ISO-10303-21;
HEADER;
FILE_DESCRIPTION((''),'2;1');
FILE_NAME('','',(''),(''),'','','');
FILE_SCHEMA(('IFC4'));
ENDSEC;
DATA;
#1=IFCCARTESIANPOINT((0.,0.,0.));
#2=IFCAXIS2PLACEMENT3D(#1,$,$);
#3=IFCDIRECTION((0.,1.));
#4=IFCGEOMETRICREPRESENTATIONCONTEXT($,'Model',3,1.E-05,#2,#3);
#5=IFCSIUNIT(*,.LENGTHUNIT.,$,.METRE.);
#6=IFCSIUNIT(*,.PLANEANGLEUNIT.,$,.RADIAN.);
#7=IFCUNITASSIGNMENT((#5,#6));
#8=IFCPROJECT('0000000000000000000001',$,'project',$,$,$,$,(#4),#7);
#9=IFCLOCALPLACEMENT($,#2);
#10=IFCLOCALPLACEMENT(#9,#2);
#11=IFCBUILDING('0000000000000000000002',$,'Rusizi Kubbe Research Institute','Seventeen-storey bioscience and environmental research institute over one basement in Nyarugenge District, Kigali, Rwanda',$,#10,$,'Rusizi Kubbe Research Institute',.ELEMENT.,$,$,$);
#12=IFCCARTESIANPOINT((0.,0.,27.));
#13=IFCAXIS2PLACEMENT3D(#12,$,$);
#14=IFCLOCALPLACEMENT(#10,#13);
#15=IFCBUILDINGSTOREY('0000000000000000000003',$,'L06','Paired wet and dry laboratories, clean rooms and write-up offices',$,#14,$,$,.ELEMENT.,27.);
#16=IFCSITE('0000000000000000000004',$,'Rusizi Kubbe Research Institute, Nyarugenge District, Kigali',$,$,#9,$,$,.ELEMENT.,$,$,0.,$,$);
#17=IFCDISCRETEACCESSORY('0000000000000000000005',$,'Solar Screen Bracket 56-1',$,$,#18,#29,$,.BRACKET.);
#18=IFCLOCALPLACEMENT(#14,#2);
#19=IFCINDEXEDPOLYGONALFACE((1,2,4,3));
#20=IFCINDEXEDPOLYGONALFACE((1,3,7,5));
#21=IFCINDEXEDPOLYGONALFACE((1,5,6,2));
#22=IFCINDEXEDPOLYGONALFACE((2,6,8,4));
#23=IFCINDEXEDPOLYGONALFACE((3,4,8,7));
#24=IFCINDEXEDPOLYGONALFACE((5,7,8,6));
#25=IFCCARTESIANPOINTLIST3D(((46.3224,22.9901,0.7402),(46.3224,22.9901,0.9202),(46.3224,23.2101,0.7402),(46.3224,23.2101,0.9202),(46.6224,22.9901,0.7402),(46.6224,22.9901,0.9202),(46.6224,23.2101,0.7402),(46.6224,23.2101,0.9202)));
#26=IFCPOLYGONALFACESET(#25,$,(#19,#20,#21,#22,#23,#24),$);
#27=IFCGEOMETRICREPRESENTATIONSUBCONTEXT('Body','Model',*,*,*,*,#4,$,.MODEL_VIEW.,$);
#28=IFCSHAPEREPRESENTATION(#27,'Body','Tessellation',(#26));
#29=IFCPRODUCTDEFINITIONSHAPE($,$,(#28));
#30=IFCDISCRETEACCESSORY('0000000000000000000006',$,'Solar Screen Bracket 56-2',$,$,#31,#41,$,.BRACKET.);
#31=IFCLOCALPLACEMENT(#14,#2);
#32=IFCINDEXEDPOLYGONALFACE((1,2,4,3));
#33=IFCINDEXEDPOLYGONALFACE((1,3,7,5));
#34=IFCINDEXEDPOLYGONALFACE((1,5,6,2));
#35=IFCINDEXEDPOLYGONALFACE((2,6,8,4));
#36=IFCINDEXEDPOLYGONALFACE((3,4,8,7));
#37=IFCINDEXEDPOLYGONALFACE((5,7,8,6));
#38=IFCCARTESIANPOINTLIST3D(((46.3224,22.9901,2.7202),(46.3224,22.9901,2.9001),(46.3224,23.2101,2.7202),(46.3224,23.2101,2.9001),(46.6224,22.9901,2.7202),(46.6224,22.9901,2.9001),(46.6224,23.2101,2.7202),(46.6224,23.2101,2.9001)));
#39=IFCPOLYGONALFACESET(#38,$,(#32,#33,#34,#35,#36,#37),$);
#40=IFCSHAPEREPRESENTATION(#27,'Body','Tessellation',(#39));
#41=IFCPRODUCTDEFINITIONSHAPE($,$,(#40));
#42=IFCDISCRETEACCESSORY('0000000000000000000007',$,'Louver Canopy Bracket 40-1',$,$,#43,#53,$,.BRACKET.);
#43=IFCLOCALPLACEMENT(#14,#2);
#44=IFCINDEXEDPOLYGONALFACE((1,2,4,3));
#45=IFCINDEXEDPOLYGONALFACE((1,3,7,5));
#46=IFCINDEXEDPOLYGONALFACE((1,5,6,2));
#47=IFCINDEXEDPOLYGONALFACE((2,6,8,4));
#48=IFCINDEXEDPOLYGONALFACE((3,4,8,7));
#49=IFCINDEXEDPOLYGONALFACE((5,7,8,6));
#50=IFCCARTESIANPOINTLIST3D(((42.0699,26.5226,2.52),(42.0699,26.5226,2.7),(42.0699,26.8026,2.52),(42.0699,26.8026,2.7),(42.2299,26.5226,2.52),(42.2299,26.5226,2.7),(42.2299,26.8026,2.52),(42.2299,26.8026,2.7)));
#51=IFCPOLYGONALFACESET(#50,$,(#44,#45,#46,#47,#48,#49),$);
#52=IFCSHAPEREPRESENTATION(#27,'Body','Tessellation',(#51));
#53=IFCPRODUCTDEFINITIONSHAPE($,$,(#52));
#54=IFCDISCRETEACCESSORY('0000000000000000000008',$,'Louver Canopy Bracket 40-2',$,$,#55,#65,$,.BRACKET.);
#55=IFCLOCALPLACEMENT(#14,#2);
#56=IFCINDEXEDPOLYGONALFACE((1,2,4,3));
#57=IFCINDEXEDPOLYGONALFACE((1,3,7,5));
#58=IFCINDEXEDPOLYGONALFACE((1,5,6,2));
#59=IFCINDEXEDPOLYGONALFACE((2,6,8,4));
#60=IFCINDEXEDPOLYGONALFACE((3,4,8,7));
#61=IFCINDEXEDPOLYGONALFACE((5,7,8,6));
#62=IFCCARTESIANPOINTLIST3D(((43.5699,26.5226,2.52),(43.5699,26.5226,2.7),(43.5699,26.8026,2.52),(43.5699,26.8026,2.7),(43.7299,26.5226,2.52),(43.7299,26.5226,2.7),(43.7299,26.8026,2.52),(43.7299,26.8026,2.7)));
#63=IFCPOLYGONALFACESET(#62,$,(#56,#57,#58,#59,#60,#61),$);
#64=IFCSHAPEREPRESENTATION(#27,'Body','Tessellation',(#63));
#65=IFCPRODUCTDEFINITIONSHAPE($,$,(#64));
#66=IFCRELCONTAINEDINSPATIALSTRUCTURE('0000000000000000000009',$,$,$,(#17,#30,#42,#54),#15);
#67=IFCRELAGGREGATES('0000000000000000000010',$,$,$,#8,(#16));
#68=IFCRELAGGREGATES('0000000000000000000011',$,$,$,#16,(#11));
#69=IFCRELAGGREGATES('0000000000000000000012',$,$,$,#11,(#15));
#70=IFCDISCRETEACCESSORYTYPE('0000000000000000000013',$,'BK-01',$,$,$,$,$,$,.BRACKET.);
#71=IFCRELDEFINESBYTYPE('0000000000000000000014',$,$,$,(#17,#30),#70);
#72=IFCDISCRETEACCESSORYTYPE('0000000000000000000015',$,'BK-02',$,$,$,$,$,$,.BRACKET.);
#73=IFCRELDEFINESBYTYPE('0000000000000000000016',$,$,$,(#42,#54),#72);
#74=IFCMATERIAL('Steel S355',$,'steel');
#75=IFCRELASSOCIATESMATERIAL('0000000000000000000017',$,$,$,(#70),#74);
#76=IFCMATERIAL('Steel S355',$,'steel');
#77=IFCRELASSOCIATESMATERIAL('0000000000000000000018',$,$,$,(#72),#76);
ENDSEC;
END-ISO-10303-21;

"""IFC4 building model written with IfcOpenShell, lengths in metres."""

from ifc_helpers import new_model, si_unit, direction, frame, origin, origin_2d, place, context, subcontext, project, spatial, rectangle, extrude, material, type_object, element, save


model = new_model("IFC4")

# Units and contexts
model_context = context("Model", 3, precision=1e-05, world=origin(), true_north=direction((0.0, 1.0)))
body_context = subcontext(model_context, "Body", "Model", "MODEL_VIEW")
ifc_project = project(units=[si_unit("LENGTHUNIT", "METRE"), si_unit("PLANEANGLEUNIT", "RADIAN")], contexts=[model_context])

# Site, building, storey
site_placement = place(None, origin())
site = spatial("IfcSite", under=ifc_project, at=site_placement, Name="Rusizi Kubbe Research Institute, Nyarugenge District, Kigali", CompositionType="ELEMENT", RefElevation=0.0)
building_placement = place(site_placement, origin())
building = spatial("IfcBuilding", under=site, at=building_placement, Name="Rusizi Kubbe Research Institute", Description="Seventeen-storey bioscience and environmental research institute over one basement in Nyarugenge District, Kigali, Rwanda", LongName="Rusizi Kubbe Research Institute", CompositionType="ELEMENT")
storey_placement = place(building_placement, frame((0.0, 0.0, 27.0)))
storey = spatial("IfcBuildingStorey", under=building, at=storey_placement, Name="L06", Description="Paired wet and dry laboratories, clean rooms and write-up offices", CompositionType="ELEMENT", Elevation=27.0)

# Discrete accessories
ifc_material_1 = material(Name="Steel S355", Category="steel")
discrete_accessory_type_1 = type_object("IfcDiscreteAccessoryType", Name="BK-01", PredefinedType="BRACKET", material=ifc_material_1)
for number, where, z_axis, x_axis, name in (
    (1, (46.4724, 23.1001, 0.7402), (0.0, 0.0, 1.0), (1.0, 0.0, 0.0), "Solar Screen Bracket 56-1"),
    (2, (46.4724, 23.1001, 2.7202), (0.0, 0.0, 1.0), (1.0, 0.0, 0.0), "Solar Screen Bracket 56-2"),
):
    element("IfcDiscreteAccessory", number, at=place(storey_placement, frame(where, z_axis=z_axis, x_axis=x_axis)), inside=storey, type_object=discrete_accessory_type_1, Name=name, PredefinedType="BRACKET", context=body_context, shape_type="SweptSolid", body=[
        extrude(rectangle(XDim=0.3, YDim=0.22, at=origin_2d()), origin(), (0.0, 0.0, 1.0), 0.1799),
    ])
ifc_material_2 = material(Name="Steel S355", Category="steel")
discrete_accessory_type_2 = type_object("IfcDiscreteAccessoryType", Name="BK-02", PredefinedType="BRACKET", material=ifc_material_2)
for number, where, z_axis, x_axis, name in (
    (3, (42.1499, 26.6626, 2.52), (0.0, 0.0, 1.0), (1.0, 0.0, 0.0), "Louver Canopy Bracket 40-1"),
    (4, (43.6499, 26.6626, 2.52), (0.0, 0.0, 1.0), (1.0, 0.0, 0.0), "Louver Canopy Bracket 40-2"),
):
    element("IfcDiscreteAccessory", number, at=place(storey_placement, frame(where, z_axis=z_axis, x_axis=x_axis)), inside=storey, type_object=discrete_accessory_type_2, Name=name, PredefinedType="BRACKET", context=body_context, shape_type="SweptSolid", body=[
        extrude(rectangle(XDim=0.1599, YDim=0.28, at=origin_2d()), origin(), (0.0, 0.0, 1.0), 0.1799),
    ])

save(model, "model.ifc")
